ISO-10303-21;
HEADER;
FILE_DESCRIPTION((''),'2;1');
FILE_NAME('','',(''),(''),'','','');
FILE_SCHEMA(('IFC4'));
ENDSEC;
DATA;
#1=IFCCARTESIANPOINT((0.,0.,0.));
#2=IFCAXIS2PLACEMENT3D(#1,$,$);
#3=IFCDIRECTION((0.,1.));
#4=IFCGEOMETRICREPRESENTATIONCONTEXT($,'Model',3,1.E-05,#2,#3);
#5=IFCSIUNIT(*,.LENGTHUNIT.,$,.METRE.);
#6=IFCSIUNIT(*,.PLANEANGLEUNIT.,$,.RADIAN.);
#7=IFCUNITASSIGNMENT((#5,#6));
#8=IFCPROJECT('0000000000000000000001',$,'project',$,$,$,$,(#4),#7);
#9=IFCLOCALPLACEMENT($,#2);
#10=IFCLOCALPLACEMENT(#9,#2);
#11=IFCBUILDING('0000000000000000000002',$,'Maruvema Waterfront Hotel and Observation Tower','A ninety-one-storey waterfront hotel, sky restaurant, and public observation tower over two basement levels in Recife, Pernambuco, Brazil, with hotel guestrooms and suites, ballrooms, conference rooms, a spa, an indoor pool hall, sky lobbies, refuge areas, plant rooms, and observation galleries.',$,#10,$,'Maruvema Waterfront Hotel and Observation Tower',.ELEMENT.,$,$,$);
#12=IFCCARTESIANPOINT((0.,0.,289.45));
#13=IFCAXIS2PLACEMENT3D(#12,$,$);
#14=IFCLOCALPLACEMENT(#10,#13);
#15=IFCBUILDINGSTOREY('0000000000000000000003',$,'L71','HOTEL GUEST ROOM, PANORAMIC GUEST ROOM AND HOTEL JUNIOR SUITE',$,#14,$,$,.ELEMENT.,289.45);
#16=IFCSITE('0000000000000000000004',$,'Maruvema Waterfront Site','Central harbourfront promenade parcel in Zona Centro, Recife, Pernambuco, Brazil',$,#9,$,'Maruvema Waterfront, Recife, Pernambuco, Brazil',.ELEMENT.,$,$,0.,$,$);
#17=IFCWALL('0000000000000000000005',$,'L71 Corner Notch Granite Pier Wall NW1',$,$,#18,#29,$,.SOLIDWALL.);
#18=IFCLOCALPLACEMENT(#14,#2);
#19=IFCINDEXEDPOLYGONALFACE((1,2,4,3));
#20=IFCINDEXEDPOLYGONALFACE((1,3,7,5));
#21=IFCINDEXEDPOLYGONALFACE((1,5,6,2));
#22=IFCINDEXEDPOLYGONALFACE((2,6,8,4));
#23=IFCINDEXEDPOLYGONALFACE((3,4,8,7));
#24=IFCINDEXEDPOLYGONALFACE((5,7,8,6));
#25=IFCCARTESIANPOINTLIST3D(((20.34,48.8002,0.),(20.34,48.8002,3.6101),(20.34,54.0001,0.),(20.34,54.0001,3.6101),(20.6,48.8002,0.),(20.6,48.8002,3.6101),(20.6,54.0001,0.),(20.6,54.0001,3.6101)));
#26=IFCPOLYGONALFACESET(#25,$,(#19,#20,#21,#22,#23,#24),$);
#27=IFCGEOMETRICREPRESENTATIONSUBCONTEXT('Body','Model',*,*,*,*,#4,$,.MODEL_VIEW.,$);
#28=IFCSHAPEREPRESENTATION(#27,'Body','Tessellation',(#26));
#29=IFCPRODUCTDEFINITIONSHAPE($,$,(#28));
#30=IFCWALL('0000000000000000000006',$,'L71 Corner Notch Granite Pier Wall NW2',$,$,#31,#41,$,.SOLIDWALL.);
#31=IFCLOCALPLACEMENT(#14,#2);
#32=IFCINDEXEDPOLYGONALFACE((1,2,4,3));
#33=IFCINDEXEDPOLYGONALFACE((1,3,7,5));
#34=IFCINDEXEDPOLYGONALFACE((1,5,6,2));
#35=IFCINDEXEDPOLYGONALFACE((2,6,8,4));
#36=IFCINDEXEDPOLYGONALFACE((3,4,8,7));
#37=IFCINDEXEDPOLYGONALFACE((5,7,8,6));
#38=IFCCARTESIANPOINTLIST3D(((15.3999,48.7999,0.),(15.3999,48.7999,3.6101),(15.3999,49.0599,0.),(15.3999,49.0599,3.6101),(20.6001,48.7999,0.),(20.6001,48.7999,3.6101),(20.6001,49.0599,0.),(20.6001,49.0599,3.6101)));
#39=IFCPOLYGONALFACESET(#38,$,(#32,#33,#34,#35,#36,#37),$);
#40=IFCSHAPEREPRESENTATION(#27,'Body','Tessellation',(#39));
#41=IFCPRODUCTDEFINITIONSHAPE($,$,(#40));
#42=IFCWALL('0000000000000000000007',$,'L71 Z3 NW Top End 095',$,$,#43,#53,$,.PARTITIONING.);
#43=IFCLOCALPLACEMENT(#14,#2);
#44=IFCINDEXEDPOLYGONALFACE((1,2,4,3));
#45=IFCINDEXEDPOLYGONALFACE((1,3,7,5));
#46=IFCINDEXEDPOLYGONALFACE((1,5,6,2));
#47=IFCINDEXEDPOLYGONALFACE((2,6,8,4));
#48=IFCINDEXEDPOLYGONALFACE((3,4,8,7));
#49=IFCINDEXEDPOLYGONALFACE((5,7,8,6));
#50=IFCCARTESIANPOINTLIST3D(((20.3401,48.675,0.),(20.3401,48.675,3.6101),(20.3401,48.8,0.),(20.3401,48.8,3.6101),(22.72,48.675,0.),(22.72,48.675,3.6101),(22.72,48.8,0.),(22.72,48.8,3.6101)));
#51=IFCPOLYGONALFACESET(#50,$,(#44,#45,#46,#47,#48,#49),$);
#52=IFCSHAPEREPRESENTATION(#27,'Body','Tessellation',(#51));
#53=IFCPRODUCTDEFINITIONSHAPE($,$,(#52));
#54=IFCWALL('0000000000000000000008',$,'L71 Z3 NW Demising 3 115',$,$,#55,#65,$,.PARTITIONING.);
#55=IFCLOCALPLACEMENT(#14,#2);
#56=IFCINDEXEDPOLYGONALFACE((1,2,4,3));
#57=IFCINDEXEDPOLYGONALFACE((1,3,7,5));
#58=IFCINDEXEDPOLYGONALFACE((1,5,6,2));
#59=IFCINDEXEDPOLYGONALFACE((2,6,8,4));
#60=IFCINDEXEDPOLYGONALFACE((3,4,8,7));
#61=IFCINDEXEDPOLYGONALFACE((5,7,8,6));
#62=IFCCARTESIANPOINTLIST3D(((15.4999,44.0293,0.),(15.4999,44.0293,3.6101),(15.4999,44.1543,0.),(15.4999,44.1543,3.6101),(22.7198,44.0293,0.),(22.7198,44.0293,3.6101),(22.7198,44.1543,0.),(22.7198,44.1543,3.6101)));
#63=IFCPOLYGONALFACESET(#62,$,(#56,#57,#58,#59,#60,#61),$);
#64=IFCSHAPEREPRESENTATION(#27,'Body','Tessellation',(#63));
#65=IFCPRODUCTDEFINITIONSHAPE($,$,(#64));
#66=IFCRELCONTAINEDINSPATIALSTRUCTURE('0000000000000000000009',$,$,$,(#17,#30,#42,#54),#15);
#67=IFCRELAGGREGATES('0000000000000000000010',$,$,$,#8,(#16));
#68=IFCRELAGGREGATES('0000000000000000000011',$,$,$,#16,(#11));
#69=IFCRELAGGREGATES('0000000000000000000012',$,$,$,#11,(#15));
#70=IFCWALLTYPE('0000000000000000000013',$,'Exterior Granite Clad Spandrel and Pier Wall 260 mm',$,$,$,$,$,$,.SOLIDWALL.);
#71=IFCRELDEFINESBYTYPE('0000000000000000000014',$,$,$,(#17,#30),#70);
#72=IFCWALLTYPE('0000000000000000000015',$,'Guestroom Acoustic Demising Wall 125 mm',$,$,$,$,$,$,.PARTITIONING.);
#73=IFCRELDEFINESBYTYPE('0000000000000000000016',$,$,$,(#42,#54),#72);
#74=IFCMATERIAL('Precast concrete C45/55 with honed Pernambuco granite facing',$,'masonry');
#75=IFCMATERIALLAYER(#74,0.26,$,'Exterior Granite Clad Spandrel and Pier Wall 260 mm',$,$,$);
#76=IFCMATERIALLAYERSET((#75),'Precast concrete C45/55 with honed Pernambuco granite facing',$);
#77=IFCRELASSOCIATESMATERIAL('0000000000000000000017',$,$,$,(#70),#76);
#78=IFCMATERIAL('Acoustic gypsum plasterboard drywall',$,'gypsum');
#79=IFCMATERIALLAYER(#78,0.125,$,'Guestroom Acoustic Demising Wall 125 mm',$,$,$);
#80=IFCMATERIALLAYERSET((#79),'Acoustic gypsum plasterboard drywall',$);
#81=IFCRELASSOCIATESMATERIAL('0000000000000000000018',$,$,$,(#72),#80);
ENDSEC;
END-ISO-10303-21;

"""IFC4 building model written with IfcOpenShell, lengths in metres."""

from ifc_helpers import new_model, si_unit, direction, frame, frame_2d, origin, place, context, subcontext, project, spatial, rectangle, extrude, material, layer, layer_set, type_object, element, save


model = new_model("IFC4")

# Units and contexts
model_context = context("Model", 3, precision=1e-05, world=origin(), true_north=direction((0.0, 1.0)))
body_context = subcontext(model_context, "Body", "Model", "MODEL_VIEW")
ifc_project = project(units=[si_unit("LENGTHUNIT", "METRE"), si_unit("PLANEANGLEUNIT", "RADIAN")], contexts=[model_context])

# Site, building, storey
site_placement = place(None, origin())
site = spatial("IfcSite", under=ifc_project, at=site_placement, Name="Maruvema Waterfront Site", Description="Central harbourfront promenade parcel in Zona Centro, Recife, Pernambuco, Brazil", LongName="Maruvema Waterfront, Recife, Pernambuco, Brazil", CompositionType="ELEMENT", RefElevation=0.0)
building_placement = place(site_placement, origin())
building = spatial("IfcBuilding", under=site, at=building_placement, Name="Maruvema Waterfront Hotel and Observation Tower", Description="A ninety-one-storey waterfront hotel, sky restaurant, and public observation tower over two basement levels in Recife, Pernambuco, Brazil, with hotel guestrooms and suites, ballrooms, conference rooms, a spa, an indoor pool hall, sky lobbies, refuge areas, plant rooms, and observation galleries.", LongName="Maruvema Waterfront Hotel and Observation Tower", CompositionType="ELEMENT")
storey_placement = place(building_placement, frame((0.0, 0.0, 289.45)))
storey = spatial("IfcBuildingStorey", under=building, at=storey_placement, Name="L71", Description="HOTEL GUEST ROOM, PANORAMIC GUEST ROOM AND HOTEL JUNIOR SUITE", CompositionType="ELEMENT", Elevation=289.45)

# Walls
ifc_material_1 = material(Name="Precast concrete C45/55 with honed Pernambuco granite facing", Category="masonry")
ifc_layer_1 = layer(ifc_material_1, 0.26, Name="Exterior Granite Clad Spandrel and Pier Wall 260 mm")
ifc_layer_set_1 = layer_set([ifc_layer_1], Name="Precast concrete C45/55 with honed Pernambuco granite facing")
wall_type_1 = type_object("IfcWallType", Name="Exterior Granite Clad Spandrel and Pier Wall 260 mm", PredefinedType="SOLIDWALL", material=ifc_layer_set_1)
wall_1_placement = place(storey_placement, frame((20.47, 48.8, 0.0), z_axis=(0.0, 0.0, 1.0), x_axis=(0.0, 1.0, 0.0)))
element("IfcWall", 1, at=wall_1_placement, inside=storey, type_object=wall_type_1, Name="L71 Corner Notch Granite Pier Wall NW1", PredefinedType="SOLIDWALL", context=body_context, shape_type="SweptSolid", body=[
    extrude(rectangle(XDim=5.2, YDim=0.26, at=frame_2d((2.6001, 0.0))), origin(), (0.0, 0.0, 1.0), 3.6101),
])
wall_2_placement = place(storey_placement, frame((15.3999, 48.9299, 0.0), z_axis=(0.0, 0.0, 1.0), x_axis=(1.0, 0.0, 0.0)))
element("IfcWall", 2, at=wall_2_placement, inside=storey, type_object=wall_type_1, Name="L71 Corner Notch Granite Pier Wall NW2", PredefinedType="SOLIDWALL", context=body_context, shape_type="SweptSolid", body=[
    extrude(rectangle(XDim=5.2002, YDim=0.26, at=frame_2d((2.6001, 0.0))), origin(), (0.0, 0.0, 1.0), 3.6101),
])
ifc_material_2 = material(Name="Acoustic gypsum plasterboard drywall", Category="gypsum")
ifc_layer_2 = layer(ifc_material_2, 0.125, Name="Guestroom Acoustic Demising Wall 125 mm")
ifc_layer_set_2 = layer_set([ifc_layer_2], Name="Acoustic gypsum plasterboard drywall")
wall_type_2 = type_object("IfcWallType", Name="Guestroom Acoustic Demising Wall 125 mm", PredefinedType="PARTITIONING", material=ifc_layer_set_2)
wall_3_placement = place(storey_placement, frame((20.3401, 48.7375, 0.0), z_axis=(0.0, 0.0, 1.0), x_axis=(1.0, 0.0, 0.0)))
element("IfcWall", 3, at=wall_3_placement, inside=storey, type_object=wall_type_2, Name="L71 Z3 NW Top End 095", PredefinedType="PARTITIONING", context=body_context, shape_type="SweptSolid", body=[
    extrude(rectangle(XDim=2.3799, YDim=0.125, at=frame_2d((1.1899, 0.0))), origin(), (0.0, 0.0, 1.0), 3.6101),
])
wall_4_placement = place(storey_placement, frame((15.5, 44.0918, 0.0), z_axis=(0.0, 0.0, 1.0), x_axis=(1.0, 0.0, 0.0)))
element("IfcWall", 4, at=wall_4_placement, inside=storey, type_object=wall_type_2, Name="L71 Z3 NW Demising 3 115", PredefinedType="PARTITIONING", context=body_context, shape_type="SweptSolid", body=[
    extrude(rectangle(XDim=7.22, YDim=0.125, at=frame_2d((3.6099, 0.0))), origin(), (0.0, 0.0, 1.0), 3.6101),
])

save(model, "model.ifc")
